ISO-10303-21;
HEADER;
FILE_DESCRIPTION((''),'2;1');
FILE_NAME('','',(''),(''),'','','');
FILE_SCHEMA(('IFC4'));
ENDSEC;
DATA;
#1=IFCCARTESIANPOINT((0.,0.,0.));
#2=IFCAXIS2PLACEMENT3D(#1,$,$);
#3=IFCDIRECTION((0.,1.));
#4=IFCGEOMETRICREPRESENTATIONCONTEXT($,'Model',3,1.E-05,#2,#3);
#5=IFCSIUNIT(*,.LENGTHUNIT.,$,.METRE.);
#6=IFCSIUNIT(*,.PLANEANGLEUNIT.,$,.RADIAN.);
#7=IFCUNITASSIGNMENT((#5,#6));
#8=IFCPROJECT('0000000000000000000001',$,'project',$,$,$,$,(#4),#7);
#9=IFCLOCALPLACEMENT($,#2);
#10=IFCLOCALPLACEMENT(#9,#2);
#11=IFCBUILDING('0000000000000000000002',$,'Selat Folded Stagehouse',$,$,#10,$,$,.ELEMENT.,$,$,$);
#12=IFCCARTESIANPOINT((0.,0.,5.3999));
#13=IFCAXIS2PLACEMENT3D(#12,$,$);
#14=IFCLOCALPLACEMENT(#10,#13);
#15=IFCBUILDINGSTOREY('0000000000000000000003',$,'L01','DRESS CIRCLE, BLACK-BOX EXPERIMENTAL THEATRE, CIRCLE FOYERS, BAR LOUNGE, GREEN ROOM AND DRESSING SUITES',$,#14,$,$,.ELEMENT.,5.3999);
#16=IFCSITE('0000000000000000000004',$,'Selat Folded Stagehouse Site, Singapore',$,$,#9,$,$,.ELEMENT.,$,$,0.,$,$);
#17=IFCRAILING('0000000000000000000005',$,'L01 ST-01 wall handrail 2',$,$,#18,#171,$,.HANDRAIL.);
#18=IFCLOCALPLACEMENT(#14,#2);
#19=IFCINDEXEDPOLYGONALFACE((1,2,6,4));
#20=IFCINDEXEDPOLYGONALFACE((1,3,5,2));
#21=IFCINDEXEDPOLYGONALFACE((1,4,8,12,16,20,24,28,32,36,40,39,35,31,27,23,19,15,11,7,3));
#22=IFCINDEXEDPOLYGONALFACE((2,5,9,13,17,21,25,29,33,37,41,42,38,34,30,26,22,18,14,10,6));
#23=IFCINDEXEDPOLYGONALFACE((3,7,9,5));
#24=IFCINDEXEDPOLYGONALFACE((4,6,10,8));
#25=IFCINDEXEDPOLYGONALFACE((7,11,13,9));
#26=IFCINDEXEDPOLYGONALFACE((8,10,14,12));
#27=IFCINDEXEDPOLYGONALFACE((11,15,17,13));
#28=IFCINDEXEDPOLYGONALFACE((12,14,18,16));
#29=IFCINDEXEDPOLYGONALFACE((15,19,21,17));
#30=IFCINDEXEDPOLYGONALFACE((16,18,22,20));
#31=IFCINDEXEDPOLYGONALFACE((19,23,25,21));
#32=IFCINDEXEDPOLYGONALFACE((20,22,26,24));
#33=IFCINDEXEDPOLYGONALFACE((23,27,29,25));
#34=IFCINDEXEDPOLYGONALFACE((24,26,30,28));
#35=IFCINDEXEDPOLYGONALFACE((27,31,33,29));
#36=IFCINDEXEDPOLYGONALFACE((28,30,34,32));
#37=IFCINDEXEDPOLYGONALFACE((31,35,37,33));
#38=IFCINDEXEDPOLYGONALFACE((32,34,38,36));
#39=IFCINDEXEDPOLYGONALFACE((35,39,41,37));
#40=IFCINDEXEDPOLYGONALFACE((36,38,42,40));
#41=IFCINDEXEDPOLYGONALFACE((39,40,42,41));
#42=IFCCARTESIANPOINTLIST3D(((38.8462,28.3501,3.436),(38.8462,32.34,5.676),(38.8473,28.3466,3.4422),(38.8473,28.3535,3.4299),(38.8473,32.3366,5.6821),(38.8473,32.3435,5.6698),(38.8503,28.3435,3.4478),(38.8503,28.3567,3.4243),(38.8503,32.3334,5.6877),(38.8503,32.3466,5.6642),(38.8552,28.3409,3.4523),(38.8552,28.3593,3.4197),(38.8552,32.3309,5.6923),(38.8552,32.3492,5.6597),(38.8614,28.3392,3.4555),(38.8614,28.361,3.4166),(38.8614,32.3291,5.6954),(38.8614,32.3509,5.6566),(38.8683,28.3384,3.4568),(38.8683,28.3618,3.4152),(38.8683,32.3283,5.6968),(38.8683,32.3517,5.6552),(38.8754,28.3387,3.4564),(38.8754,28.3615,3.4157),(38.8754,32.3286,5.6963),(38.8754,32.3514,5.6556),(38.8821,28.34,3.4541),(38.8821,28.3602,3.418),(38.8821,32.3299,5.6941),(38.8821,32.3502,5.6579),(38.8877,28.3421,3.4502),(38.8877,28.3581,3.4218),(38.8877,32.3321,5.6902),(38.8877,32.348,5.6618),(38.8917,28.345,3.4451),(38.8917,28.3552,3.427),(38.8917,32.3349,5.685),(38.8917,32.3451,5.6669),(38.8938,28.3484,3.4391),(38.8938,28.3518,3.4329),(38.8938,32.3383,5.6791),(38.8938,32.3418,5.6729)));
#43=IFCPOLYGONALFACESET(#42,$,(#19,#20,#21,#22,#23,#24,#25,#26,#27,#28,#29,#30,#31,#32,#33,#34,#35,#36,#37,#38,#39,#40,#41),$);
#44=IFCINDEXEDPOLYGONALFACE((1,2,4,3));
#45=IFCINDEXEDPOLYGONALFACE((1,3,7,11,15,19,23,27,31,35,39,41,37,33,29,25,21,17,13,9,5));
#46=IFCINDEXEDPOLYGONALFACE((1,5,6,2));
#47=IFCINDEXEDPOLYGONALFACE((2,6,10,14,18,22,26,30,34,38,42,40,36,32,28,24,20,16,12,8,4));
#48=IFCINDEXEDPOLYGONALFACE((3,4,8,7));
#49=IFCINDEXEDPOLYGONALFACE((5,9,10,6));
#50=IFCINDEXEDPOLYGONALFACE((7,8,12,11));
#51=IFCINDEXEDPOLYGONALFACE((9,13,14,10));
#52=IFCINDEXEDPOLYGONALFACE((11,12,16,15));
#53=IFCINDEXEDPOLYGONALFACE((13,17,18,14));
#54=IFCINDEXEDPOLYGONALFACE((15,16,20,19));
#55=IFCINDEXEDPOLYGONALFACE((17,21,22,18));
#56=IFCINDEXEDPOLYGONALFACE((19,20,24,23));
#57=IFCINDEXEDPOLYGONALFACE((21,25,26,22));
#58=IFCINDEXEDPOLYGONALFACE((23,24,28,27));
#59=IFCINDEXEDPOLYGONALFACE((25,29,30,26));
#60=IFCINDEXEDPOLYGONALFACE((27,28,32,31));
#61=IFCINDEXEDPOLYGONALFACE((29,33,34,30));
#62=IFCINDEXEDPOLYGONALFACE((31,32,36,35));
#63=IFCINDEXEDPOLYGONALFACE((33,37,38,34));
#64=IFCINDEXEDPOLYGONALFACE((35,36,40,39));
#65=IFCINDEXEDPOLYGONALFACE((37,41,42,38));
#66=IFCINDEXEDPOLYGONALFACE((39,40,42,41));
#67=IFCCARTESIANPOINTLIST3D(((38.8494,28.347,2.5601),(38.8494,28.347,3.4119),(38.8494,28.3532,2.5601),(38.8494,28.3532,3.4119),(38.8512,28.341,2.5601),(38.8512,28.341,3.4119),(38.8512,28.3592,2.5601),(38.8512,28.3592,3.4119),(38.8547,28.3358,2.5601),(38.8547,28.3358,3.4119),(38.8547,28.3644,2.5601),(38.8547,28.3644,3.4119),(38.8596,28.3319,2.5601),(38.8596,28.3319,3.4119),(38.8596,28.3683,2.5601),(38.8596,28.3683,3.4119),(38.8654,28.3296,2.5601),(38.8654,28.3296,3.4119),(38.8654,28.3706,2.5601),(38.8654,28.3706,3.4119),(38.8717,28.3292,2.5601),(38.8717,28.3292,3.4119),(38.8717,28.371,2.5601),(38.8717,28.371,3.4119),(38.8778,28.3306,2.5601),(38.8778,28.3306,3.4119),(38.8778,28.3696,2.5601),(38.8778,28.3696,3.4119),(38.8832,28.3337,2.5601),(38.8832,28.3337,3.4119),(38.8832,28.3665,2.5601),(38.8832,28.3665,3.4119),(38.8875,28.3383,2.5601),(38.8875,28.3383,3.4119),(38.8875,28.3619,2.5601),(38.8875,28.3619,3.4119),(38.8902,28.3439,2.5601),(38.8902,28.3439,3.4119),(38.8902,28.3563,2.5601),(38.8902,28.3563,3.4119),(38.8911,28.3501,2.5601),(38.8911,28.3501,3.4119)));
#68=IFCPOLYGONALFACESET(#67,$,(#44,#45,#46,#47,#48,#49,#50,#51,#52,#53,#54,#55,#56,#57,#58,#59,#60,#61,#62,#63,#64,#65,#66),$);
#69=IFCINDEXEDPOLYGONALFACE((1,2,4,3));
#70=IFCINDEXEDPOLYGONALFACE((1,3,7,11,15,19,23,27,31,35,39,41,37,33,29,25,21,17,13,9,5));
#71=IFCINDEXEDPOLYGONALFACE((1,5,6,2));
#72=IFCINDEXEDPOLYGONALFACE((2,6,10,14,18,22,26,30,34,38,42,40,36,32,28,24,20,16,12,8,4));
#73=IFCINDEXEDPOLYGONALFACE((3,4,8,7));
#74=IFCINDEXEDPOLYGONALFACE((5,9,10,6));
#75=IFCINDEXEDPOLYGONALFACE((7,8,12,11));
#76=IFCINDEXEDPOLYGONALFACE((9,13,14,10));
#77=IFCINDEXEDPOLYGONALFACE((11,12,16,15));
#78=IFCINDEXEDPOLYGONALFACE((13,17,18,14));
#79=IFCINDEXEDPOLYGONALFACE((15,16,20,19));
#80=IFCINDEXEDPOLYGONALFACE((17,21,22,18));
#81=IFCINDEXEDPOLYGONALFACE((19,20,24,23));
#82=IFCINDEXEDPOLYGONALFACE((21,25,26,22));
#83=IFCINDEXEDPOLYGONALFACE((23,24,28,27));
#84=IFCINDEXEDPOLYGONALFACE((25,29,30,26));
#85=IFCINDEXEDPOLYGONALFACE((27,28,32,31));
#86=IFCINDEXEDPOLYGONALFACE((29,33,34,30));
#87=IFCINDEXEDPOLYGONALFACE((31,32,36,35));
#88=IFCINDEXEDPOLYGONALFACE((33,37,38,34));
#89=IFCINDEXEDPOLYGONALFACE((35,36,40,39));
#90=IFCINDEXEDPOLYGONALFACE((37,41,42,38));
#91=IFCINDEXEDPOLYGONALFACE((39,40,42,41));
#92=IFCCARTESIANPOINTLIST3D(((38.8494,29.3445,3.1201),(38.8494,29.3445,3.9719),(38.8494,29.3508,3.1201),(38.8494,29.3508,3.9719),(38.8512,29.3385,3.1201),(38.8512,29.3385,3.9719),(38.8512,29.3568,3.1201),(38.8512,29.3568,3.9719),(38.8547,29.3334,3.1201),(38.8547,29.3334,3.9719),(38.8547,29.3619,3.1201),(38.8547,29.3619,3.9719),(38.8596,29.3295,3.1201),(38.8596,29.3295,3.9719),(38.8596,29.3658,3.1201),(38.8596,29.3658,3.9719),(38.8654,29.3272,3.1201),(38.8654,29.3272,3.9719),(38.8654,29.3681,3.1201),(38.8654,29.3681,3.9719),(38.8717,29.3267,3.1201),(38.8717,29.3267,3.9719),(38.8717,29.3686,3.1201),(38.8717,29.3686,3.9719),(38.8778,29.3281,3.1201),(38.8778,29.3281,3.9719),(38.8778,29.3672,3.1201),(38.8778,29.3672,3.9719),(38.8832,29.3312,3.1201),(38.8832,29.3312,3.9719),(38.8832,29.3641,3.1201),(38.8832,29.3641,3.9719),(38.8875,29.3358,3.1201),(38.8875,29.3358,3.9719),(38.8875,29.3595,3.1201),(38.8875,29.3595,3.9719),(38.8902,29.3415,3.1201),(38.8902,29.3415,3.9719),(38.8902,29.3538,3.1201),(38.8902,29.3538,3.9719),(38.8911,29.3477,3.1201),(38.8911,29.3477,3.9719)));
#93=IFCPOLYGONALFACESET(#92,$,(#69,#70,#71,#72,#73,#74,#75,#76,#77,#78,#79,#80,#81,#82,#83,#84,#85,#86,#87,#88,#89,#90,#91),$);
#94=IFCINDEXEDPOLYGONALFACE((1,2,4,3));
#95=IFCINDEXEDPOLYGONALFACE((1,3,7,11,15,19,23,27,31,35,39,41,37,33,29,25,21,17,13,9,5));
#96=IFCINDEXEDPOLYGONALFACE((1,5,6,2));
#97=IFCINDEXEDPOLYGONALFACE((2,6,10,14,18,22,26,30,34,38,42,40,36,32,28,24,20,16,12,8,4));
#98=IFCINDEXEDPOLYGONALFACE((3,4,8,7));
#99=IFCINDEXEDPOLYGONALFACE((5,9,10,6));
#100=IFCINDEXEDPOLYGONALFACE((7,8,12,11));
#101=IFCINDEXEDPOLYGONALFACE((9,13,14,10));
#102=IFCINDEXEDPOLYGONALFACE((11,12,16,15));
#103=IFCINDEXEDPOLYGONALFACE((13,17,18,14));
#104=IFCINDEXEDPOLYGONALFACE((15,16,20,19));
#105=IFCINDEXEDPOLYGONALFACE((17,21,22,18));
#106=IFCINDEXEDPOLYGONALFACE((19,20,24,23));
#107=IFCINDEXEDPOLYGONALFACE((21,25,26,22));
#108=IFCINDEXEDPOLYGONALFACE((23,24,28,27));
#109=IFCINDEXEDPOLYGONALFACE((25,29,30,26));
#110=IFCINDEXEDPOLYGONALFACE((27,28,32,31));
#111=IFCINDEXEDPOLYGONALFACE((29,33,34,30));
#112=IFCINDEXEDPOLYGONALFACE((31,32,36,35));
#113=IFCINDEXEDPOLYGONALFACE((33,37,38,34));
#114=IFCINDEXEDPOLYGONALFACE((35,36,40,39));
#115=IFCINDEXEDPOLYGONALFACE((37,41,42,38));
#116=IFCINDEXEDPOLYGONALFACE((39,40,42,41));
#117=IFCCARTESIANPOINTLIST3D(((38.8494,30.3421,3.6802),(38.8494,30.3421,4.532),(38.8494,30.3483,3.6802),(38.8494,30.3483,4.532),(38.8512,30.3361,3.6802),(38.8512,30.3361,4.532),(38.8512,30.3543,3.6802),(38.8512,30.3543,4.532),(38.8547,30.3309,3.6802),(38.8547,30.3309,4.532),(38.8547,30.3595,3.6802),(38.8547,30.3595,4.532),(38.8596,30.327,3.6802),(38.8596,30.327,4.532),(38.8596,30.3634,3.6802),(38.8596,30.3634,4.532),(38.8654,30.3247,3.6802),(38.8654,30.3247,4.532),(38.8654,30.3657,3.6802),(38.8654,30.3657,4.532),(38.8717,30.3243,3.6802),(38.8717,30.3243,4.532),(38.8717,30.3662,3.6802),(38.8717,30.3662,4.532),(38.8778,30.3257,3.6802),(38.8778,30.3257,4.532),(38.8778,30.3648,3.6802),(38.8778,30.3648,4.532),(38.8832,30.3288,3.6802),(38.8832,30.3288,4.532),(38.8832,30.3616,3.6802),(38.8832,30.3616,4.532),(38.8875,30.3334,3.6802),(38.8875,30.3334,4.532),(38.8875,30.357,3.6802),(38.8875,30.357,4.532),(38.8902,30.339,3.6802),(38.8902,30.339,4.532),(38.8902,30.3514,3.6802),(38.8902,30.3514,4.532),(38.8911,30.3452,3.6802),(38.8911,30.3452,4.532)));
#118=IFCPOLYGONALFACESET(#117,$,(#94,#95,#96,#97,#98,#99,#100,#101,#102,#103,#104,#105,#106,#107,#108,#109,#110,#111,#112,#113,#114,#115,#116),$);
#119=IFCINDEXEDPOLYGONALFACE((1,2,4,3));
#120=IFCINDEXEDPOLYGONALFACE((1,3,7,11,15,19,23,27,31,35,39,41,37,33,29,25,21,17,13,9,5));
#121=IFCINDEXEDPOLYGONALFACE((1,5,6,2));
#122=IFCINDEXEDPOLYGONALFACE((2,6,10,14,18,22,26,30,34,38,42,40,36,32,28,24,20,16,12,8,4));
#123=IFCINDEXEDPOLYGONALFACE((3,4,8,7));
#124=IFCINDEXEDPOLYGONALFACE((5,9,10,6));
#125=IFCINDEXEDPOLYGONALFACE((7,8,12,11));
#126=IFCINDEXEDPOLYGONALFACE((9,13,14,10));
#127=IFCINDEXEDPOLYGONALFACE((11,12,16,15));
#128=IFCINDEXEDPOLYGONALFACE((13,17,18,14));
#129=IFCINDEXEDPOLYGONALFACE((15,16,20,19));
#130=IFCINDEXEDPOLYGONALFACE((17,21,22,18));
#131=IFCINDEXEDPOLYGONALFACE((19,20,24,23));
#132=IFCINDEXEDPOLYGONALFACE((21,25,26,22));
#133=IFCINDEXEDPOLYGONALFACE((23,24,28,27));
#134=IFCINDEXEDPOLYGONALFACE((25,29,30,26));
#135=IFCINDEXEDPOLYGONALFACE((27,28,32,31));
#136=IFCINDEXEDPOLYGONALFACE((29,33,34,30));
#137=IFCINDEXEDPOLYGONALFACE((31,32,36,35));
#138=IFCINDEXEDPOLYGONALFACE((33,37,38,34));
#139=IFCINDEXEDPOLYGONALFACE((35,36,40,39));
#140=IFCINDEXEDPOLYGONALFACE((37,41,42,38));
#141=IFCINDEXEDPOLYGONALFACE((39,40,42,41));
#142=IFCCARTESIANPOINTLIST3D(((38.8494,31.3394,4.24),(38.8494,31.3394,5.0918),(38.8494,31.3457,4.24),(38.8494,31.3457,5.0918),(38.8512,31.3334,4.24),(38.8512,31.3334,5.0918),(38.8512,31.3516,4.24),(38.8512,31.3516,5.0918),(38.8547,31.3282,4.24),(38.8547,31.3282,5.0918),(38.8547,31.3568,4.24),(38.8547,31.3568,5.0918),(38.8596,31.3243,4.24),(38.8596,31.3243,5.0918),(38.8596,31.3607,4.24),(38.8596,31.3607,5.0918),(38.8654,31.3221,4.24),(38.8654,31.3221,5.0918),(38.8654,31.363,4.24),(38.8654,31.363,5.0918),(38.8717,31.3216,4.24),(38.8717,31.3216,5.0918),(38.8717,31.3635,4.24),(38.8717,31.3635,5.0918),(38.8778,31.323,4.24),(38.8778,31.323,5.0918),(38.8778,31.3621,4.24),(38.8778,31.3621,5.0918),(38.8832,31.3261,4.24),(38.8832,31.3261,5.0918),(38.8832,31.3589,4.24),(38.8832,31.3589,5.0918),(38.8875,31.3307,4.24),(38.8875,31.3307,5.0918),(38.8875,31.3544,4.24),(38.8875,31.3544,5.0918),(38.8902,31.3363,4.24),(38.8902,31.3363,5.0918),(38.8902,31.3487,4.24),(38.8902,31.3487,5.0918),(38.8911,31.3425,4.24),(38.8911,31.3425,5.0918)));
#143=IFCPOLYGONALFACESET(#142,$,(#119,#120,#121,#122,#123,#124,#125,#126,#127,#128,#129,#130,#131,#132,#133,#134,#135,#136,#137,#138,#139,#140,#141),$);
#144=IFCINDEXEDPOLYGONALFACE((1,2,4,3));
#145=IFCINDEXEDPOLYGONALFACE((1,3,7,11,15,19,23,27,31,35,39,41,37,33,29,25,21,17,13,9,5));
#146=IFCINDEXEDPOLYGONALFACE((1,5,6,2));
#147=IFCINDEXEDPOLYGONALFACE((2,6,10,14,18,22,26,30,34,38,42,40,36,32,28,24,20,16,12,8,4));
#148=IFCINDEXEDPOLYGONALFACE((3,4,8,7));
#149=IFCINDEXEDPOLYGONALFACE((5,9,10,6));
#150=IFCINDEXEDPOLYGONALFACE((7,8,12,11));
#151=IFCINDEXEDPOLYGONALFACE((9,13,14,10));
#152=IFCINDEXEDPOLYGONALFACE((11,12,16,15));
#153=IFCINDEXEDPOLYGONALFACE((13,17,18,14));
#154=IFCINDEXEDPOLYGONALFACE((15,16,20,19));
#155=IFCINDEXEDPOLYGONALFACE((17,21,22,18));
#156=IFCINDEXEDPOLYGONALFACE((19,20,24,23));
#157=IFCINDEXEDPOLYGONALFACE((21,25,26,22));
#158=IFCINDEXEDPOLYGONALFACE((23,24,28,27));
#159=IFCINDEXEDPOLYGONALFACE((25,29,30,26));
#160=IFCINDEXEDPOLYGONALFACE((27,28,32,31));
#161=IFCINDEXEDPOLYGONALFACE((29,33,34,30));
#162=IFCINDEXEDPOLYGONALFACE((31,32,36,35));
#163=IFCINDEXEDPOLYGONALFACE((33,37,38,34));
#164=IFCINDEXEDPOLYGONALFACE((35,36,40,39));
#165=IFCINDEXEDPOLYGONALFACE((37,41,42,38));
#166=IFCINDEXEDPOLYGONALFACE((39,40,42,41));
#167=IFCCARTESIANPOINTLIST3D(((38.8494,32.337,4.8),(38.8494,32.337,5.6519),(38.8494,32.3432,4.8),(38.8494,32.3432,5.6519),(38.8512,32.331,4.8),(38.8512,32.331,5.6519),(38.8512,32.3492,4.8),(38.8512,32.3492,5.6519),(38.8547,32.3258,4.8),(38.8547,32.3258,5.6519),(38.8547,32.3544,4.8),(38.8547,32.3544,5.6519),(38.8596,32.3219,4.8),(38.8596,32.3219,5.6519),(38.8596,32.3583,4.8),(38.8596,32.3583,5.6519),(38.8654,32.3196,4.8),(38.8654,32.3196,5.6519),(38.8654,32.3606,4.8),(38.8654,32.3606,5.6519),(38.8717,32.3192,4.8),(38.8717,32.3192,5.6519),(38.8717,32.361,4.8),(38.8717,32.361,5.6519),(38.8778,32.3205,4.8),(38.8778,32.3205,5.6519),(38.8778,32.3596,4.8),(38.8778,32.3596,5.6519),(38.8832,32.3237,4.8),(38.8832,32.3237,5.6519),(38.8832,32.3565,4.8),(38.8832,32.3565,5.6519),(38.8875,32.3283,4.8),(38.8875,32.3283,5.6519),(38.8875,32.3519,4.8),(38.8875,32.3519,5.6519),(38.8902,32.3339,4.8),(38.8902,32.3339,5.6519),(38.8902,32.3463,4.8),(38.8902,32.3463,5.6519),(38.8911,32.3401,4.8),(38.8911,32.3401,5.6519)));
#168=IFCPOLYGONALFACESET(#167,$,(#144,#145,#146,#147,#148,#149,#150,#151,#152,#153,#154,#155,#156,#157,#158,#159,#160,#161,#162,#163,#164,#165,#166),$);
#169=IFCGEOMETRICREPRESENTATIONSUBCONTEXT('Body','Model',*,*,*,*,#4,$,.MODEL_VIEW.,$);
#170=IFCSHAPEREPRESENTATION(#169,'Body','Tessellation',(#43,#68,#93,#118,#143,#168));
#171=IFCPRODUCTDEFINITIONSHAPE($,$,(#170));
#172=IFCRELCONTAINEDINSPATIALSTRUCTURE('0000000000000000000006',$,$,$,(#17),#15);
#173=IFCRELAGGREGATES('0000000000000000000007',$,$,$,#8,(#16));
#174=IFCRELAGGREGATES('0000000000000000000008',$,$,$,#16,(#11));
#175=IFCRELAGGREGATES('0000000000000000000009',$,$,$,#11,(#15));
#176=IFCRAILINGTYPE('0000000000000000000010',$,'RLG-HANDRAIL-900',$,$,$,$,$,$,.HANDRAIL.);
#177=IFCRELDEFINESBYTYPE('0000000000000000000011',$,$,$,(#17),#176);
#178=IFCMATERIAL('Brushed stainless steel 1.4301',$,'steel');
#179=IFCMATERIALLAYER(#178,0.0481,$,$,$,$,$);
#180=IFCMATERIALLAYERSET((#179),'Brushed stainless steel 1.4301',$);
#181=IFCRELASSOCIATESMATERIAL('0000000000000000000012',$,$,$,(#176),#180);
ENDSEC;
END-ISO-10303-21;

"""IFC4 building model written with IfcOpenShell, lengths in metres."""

from ifc_helpers import new_model, si_unit, direction, frame, origin, origin_2d, place, context, subcontext, project, spatial, circle, extrude, material, layer, layer_set, type_object, element, save


model = new_model("IFC4")

# Units and contexts
model_context = context("Model", 3, precision=1e-05, world=origin(), true_north=direction((0.0, 1.0)))
body_context = subcontext(model_context, "Body", "Model", "MODEL_VIEW")
ifc_project = project(units=[si_unit("LENGTHUNIT", "METRE"), si_unit("PLANEANGLEUNIT", "RADIAN")], contexts=[model_context])

# Site, building, storey
site_placement = place(None, origin())
site = spatial("IfcSite", under=ifc_project, at=site_placement, Name="Selat Folded Stagehouse Site, Singapore", CompositionType="ELEMENT", RefElevation=0.0)
building_placement = place(site_placement, origin())
building = spatial("IfcBuilding", under=site, at=building_placement, Name="Selat Folded Stagehouse", CompositionType="ELEMENT")
storey_placement = place(building_placement, frame((0.0, 0.0, 5.3999)))
storey = spatial("IfcBuildingStorey", under=building, at=storey_placement, Name="L01", Description="DRESS CIRCLE, BLACK-BOX EXPERIMENTAL THEATRE, CIRCLE FOYERS, BAR LOUNGE, GREEN ROOM AND DRESSING SUITES", CompositionType="ELEMENT", Elevation=5.3999)

# Railing
ifc_material_1 = material(Name="Brushed stainless steel 1.4301", Category="steel")
ifc_layer_1 = layer(ifc_material_1, 0.0481)
ifc_layer_set_1 = layer_set([ifc_layer_1], Name="Brushed stainless steel 1.4301")
railing_type_1 = type_object("IfcRailingType", Name="RLG-HANDRAIL-900", PredefinedType="HANDRAIL", material=ifc_layer_set_1)
railing_1_placement = place(storey_placement, frame((38.8701, 28.3501, 2.5601)))
element("IfcRailing", 1, at=railing_1_placement, inside=storey, type_object=railing_type_1, Name="L01 ST-01 wall handrail 2", PredefinedType="HANDRAIL", context=body_context, shape_type="SweptSolid", body=[
    extrude(circle(Radius=0.0239, at=origin_2d()), frame((0.0, 0.0, 0.876), z_axis=(0.0, 0.871984, 0.489534), x_axis=(-1.0, 0.0, 0.0)), (0.0, 0.0, 1.0), 4.5757),
    extrude(circle(Radius=0.021, at=origin_2d()), origin(), (0.0, 0.0, 1.0), 0.8518),
    extrude(circle(Radius=0.021, at=origin_2d()), frame((0.0, 0.9976, 0.5601)), (0.0, 0.0, 1.0), 0.8518),
    extrude(circle(Radius=0.021, at=origin_2d()), frame((0.0, 1.9951, 1.1201)), (0.0, 0.0, 1.0), 0.8518),
    extrude(circle(Radius=0.021, at=origin_2d()), frame((0.0, 2.9924, 1.6799)), (0.0, 0.0, 1.0), 0.8518),
    extrude(circle(Radius=0.021, at=origin_2d()), frame((0.0, 3.99, 2.24)), (0.0, 0.0, 1.0), 0.8518),
])

save(model, "model.ifc")
